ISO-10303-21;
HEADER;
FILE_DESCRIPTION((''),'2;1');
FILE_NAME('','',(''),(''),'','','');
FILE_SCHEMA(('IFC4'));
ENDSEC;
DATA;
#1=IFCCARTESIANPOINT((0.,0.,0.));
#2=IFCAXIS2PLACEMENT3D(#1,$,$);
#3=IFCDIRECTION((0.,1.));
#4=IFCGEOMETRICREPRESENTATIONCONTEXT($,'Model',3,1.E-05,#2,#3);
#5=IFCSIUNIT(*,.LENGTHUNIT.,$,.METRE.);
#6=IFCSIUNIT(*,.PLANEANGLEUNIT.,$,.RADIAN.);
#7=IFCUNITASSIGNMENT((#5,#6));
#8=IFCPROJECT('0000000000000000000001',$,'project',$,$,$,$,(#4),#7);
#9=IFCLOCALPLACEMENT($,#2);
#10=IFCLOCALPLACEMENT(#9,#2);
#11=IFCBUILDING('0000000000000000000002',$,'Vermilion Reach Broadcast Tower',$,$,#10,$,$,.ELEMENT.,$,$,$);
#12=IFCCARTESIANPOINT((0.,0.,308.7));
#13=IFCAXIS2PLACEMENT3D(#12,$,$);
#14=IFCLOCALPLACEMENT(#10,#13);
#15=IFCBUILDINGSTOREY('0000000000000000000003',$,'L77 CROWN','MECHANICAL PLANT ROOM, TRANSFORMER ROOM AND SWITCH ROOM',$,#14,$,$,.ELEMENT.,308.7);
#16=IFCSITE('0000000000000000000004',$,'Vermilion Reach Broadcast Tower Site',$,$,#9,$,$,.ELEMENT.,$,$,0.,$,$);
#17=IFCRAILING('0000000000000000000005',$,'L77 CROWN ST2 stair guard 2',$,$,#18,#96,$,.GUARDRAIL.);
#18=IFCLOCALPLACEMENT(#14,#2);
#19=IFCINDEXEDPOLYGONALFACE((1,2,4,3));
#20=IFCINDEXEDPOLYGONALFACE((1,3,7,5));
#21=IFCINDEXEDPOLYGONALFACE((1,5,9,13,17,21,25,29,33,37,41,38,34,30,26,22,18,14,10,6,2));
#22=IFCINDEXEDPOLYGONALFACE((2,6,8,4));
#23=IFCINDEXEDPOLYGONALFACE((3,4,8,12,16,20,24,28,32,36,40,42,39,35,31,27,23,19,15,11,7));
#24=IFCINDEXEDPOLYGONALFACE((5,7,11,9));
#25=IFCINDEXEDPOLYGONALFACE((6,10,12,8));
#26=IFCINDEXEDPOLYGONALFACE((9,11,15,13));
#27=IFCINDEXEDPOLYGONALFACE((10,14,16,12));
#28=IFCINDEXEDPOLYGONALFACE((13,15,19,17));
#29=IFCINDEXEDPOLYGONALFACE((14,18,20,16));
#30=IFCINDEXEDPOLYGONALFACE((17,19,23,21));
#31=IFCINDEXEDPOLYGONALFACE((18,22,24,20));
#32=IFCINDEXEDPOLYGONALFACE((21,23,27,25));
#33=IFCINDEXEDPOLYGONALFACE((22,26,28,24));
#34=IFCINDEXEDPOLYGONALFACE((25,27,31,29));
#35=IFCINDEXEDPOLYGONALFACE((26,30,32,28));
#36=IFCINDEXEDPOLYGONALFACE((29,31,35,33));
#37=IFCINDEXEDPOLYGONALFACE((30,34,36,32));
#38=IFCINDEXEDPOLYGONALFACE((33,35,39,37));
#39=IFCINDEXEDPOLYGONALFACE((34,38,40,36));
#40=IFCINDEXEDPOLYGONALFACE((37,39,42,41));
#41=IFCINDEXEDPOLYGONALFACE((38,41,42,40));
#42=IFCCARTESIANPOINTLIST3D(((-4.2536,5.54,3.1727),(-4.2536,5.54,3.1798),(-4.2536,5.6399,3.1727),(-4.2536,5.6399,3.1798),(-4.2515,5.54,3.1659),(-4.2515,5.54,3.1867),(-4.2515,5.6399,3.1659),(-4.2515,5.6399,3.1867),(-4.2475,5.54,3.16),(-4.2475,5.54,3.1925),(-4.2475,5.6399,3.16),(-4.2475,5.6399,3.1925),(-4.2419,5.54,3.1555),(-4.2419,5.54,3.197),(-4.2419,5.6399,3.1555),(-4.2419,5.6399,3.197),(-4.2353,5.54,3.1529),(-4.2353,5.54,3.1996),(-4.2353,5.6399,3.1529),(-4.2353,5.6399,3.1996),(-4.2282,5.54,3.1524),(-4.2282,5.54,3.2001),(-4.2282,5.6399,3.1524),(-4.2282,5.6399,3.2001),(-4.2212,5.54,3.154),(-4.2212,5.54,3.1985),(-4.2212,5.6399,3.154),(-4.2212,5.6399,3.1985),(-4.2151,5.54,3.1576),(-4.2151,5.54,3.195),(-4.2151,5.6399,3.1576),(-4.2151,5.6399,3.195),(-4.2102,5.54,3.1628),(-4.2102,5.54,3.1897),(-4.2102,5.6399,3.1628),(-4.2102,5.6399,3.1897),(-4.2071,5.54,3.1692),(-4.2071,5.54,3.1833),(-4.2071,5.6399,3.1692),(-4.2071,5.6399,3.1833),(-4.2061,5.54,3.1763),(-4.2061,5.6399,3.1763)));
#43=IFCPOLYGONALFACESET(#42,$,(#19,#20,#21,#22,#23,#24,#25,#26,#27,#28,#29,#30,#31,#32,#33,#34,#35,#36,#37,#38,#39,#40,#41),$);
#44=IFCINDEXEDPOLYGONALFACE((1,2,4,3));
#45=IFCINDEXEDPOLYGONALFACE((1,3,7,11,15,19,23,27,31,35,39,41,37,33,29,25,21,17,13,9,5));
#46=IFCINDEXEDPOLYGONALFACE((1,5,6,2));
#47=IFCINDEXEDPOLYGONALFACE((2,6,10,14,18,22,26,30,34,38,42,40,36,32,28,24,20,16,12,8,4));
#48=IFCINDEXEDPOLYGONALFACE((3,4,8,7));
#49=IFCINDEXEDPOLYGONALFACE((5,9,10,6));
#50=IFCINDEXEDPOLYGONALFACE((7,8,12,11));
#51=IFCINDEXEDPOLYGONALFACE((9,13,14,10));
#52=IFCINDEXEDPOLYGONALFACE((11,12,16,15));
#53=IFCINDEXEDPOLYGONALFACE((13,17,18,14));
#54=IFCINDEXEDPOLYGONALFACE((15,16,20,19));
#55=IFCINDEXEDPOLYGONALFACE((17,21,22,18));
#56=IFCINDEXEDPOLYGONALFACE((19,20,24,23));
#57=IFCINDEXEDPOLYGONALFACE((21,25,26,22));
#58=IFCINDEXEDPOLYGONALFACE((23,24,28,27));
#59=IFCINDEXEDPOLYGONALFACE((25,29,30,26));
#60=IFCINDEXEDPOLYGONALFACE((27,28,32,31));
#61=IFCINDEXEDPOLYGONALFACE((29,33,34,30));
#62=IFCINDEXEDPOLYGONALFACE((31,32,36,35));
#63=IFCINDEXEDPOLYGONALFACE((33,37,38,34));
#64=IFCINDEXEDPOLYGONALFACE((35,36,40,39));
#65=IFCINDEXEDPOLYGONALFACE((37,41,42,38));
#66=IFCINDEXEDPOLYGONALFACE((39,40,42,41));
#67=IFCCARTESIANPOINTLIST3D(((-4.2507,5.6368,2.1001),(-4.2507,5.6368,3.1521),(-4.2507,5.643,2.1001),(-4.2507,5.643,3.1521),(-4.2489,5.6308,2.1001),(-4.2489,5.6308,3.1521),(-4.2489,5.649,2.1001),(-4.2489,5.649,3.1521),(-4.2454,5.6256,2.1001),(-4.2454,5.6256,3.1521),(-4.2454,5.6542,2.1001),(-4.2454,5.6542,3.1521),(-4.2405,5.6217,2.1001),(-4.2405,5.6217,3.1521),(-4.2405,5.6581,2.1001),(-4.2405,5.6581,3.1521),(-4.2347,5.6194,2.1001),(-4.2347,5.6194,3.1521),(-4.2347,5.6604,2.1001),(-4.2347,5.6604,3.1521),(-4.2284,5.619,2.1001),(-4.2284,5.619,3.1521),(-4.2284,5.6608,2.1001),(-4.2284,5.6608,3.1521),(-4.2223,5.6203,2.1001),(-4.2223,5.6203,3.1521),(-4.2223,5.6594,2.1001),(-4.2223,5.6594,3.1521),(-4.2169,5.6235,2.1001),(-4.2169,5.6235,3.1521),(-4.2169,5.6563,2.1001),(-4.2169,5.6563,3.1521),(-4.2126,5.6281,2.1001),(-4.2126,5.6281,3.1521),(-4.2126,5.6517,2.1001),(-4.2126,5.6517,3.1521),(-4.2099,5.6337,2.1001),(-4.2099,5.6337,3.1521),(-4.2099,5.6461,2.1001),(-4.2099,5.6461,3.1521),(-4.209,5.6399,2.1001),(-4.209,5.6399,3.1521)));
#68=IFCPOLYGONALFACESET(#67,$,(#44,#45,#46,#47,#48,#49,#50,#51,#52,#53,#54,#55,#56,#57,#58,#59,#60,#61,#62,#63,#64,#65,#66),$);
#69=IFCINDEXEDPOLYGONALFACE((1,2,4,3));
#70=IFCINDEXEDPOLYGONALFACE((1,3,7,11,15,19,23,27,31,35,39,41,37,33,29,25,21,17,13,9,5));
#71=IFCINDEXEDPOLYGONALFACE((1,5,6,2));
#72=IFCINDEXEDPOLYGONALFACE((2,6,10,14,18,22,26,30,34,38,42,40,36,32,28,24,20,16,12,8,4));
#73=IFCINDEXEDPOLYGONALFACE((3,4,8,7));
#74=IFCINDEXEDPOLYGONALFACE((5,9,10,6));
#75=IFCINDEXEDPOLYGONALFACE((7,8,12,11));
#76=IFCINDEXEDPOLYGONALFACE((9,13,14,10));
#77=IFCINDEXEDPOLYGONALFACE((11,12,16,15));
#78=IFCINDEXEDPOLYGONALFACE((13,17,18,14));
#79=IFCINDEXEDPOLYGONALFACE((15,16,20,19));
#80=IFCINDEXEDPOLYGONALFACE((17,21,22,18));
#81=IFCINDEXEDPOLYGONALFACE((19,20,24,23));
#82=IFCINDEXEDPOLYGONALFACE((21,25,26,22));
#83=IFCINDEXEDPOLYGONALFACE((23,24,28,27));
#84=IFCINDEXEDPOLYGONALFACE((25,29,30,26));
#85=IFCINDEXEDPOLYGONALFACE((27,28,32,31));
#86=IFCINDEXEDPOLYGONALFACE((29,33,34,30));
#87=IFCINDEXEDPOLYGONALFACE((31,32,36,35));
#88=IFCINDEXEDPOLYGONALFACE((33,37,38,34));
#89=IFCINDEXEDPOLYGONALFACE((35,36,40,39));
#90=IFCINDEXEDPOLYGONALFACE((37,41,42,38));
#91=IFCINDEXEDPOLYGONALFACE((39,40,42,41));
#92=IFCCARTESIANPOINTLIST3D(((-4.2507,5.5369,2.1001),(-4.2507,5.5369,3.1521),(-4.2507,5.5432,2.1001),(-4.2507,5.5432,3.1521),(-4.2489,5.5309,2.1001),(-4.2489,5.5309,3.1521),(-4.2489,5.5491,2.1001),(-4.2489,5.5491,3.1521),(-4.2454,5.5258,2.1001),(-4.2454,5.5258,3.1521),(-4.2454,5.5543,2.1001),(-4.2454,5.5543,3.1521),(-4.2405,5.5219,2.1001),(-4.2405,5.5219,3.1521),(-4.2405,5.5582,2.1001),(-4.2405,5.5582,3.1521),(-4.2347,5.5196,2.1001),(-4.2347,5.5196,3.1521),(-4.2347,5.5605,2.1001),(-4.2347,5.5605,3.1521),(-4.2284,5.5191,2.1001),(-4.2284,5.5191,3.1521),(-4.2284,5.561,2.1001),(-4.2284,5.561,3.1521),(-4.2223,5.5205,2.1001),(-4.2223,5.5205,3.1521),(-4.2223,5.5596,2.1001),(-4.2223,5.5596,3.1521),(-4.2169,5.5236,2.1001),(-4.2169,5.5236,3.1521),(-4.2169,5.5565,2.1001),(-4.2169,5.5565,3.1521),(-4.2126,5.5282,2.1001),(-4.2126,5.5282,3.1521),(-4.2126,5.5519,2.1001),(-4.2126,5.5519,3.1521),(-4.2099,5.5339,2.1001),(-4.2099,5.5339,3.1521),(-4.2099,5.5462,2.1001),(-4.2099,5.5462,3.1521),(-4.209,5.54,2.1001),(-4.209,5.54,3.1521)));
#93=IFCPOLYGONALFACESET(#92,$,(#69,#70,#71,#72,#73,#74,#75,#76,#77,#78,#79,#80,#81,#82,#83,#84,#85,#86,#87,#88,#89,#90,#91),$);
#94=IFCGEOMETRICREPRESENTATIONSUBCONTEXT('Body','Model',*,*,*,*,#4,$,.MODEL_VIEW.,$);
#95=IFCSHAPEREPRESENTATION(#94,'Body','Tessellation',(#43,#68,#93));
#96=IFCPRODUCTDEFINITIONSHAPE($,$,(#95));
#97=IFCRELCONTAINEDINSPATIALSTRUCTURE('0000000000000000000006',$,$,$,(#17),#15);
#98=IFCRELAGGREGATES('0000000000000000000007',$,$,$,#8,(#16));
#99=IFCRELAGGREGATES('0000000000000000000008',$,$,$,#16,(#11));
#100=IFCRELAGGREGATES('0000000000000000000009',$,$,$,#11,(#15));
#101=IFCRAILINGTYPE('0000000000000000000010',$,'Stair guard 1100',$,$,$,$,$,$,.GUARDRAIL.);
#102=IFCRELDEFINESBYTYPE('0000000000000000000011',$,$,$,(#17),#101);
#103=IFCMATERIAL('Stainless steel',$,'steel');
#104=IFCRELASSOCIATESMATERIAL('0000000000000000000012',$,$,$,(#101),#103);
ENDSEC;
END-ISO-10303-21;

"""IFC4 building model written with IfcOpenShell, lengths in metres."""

from ifc_helpers import new_model, si_unit, direction, frame, origin, origin_2d, place, context, subcontext, project, spatial, circle, extrude, material, type_object, element, save


model = new_model("IFC4")

# Units and contexts
model_context = context("Model", 3, precision=1e-05, world=origin(), true_north=direction((0.0, 1.0)))
body_context = subcontext(model_context, "Body", "Model", "MODEL_VIEW")
ifc_project = project(units=[si_unit("LENGTHUNIT", "METRE"), si_unit("PLANEANGLEUNIT", "RADIAN")], contexts=[model_context])

# Site, building, storey
site_placement = place(None, origin())
site = spatial("IfcSite", under=ifc_project, at=site_placement, Name="Vermilion Reach Broadcast Tower Site", CompositionType="ELEMENT", RefElevation=0.0)
building_placement = place(site_placement, origin())
building = spatial("IfcBuilding", under=site, at=building_placement, Name="Vermilion Reach Broadcast Tower", CompositionType="ELEMENT")
storey_placement = place(building_placement, frame((0.0, 0.0, 308.7)))
storey = spatial("IfcBuildingStorey", under=building, at=storey_placement, Name="L77 CROWN", Description="MECHANICAL PLANT ROOM, TRANSFORMER ROOM AND SWITCH ROOM", CompositionType="ELEMENT", Elevation=308.7)

# Railing
ifc_material_1 = material(Name="Stainless steel", Category="steel")
railing_type_1 = type_object("IfcRailingType", Name="Stair guard 1100", PredefinedType="GUARDRAIL", material=ifc_material_1)
railing_1_placement = place(storey_placement, frame((-4.23, 5.6399, 2.1001)))
element("IfcRailing", 1, at=railing_1_placement, inside=storey, type_object=railing_type_1, Name="L77 CROWN ST2 stair guard 2", PredefinedType="GUARDRAIL", context=body_context, shape_type="SweptSolid", body=[
    extrude(circle(Radius=0.0239, at=origin_2d()), frame((0.0, 0.0, 1.0762), z_axis=(0.0, -1.0, 0.0), x_axis=(1.0, 0.0, 0.0)), (0.0, 0.0, 1.0), 0.0999),
    extrude(circle(Radius=0.021, at=origin_2d()), origin(), (0.0, 0.0, 1.0), 1.052),
    extrude(circle(Radius=0.021, at=origin_2d()), frame((0.0, -0.0999, 0.0)), (0.0, 0.0, 1.0), 1.052),
])

save(model, "model.ifc")
